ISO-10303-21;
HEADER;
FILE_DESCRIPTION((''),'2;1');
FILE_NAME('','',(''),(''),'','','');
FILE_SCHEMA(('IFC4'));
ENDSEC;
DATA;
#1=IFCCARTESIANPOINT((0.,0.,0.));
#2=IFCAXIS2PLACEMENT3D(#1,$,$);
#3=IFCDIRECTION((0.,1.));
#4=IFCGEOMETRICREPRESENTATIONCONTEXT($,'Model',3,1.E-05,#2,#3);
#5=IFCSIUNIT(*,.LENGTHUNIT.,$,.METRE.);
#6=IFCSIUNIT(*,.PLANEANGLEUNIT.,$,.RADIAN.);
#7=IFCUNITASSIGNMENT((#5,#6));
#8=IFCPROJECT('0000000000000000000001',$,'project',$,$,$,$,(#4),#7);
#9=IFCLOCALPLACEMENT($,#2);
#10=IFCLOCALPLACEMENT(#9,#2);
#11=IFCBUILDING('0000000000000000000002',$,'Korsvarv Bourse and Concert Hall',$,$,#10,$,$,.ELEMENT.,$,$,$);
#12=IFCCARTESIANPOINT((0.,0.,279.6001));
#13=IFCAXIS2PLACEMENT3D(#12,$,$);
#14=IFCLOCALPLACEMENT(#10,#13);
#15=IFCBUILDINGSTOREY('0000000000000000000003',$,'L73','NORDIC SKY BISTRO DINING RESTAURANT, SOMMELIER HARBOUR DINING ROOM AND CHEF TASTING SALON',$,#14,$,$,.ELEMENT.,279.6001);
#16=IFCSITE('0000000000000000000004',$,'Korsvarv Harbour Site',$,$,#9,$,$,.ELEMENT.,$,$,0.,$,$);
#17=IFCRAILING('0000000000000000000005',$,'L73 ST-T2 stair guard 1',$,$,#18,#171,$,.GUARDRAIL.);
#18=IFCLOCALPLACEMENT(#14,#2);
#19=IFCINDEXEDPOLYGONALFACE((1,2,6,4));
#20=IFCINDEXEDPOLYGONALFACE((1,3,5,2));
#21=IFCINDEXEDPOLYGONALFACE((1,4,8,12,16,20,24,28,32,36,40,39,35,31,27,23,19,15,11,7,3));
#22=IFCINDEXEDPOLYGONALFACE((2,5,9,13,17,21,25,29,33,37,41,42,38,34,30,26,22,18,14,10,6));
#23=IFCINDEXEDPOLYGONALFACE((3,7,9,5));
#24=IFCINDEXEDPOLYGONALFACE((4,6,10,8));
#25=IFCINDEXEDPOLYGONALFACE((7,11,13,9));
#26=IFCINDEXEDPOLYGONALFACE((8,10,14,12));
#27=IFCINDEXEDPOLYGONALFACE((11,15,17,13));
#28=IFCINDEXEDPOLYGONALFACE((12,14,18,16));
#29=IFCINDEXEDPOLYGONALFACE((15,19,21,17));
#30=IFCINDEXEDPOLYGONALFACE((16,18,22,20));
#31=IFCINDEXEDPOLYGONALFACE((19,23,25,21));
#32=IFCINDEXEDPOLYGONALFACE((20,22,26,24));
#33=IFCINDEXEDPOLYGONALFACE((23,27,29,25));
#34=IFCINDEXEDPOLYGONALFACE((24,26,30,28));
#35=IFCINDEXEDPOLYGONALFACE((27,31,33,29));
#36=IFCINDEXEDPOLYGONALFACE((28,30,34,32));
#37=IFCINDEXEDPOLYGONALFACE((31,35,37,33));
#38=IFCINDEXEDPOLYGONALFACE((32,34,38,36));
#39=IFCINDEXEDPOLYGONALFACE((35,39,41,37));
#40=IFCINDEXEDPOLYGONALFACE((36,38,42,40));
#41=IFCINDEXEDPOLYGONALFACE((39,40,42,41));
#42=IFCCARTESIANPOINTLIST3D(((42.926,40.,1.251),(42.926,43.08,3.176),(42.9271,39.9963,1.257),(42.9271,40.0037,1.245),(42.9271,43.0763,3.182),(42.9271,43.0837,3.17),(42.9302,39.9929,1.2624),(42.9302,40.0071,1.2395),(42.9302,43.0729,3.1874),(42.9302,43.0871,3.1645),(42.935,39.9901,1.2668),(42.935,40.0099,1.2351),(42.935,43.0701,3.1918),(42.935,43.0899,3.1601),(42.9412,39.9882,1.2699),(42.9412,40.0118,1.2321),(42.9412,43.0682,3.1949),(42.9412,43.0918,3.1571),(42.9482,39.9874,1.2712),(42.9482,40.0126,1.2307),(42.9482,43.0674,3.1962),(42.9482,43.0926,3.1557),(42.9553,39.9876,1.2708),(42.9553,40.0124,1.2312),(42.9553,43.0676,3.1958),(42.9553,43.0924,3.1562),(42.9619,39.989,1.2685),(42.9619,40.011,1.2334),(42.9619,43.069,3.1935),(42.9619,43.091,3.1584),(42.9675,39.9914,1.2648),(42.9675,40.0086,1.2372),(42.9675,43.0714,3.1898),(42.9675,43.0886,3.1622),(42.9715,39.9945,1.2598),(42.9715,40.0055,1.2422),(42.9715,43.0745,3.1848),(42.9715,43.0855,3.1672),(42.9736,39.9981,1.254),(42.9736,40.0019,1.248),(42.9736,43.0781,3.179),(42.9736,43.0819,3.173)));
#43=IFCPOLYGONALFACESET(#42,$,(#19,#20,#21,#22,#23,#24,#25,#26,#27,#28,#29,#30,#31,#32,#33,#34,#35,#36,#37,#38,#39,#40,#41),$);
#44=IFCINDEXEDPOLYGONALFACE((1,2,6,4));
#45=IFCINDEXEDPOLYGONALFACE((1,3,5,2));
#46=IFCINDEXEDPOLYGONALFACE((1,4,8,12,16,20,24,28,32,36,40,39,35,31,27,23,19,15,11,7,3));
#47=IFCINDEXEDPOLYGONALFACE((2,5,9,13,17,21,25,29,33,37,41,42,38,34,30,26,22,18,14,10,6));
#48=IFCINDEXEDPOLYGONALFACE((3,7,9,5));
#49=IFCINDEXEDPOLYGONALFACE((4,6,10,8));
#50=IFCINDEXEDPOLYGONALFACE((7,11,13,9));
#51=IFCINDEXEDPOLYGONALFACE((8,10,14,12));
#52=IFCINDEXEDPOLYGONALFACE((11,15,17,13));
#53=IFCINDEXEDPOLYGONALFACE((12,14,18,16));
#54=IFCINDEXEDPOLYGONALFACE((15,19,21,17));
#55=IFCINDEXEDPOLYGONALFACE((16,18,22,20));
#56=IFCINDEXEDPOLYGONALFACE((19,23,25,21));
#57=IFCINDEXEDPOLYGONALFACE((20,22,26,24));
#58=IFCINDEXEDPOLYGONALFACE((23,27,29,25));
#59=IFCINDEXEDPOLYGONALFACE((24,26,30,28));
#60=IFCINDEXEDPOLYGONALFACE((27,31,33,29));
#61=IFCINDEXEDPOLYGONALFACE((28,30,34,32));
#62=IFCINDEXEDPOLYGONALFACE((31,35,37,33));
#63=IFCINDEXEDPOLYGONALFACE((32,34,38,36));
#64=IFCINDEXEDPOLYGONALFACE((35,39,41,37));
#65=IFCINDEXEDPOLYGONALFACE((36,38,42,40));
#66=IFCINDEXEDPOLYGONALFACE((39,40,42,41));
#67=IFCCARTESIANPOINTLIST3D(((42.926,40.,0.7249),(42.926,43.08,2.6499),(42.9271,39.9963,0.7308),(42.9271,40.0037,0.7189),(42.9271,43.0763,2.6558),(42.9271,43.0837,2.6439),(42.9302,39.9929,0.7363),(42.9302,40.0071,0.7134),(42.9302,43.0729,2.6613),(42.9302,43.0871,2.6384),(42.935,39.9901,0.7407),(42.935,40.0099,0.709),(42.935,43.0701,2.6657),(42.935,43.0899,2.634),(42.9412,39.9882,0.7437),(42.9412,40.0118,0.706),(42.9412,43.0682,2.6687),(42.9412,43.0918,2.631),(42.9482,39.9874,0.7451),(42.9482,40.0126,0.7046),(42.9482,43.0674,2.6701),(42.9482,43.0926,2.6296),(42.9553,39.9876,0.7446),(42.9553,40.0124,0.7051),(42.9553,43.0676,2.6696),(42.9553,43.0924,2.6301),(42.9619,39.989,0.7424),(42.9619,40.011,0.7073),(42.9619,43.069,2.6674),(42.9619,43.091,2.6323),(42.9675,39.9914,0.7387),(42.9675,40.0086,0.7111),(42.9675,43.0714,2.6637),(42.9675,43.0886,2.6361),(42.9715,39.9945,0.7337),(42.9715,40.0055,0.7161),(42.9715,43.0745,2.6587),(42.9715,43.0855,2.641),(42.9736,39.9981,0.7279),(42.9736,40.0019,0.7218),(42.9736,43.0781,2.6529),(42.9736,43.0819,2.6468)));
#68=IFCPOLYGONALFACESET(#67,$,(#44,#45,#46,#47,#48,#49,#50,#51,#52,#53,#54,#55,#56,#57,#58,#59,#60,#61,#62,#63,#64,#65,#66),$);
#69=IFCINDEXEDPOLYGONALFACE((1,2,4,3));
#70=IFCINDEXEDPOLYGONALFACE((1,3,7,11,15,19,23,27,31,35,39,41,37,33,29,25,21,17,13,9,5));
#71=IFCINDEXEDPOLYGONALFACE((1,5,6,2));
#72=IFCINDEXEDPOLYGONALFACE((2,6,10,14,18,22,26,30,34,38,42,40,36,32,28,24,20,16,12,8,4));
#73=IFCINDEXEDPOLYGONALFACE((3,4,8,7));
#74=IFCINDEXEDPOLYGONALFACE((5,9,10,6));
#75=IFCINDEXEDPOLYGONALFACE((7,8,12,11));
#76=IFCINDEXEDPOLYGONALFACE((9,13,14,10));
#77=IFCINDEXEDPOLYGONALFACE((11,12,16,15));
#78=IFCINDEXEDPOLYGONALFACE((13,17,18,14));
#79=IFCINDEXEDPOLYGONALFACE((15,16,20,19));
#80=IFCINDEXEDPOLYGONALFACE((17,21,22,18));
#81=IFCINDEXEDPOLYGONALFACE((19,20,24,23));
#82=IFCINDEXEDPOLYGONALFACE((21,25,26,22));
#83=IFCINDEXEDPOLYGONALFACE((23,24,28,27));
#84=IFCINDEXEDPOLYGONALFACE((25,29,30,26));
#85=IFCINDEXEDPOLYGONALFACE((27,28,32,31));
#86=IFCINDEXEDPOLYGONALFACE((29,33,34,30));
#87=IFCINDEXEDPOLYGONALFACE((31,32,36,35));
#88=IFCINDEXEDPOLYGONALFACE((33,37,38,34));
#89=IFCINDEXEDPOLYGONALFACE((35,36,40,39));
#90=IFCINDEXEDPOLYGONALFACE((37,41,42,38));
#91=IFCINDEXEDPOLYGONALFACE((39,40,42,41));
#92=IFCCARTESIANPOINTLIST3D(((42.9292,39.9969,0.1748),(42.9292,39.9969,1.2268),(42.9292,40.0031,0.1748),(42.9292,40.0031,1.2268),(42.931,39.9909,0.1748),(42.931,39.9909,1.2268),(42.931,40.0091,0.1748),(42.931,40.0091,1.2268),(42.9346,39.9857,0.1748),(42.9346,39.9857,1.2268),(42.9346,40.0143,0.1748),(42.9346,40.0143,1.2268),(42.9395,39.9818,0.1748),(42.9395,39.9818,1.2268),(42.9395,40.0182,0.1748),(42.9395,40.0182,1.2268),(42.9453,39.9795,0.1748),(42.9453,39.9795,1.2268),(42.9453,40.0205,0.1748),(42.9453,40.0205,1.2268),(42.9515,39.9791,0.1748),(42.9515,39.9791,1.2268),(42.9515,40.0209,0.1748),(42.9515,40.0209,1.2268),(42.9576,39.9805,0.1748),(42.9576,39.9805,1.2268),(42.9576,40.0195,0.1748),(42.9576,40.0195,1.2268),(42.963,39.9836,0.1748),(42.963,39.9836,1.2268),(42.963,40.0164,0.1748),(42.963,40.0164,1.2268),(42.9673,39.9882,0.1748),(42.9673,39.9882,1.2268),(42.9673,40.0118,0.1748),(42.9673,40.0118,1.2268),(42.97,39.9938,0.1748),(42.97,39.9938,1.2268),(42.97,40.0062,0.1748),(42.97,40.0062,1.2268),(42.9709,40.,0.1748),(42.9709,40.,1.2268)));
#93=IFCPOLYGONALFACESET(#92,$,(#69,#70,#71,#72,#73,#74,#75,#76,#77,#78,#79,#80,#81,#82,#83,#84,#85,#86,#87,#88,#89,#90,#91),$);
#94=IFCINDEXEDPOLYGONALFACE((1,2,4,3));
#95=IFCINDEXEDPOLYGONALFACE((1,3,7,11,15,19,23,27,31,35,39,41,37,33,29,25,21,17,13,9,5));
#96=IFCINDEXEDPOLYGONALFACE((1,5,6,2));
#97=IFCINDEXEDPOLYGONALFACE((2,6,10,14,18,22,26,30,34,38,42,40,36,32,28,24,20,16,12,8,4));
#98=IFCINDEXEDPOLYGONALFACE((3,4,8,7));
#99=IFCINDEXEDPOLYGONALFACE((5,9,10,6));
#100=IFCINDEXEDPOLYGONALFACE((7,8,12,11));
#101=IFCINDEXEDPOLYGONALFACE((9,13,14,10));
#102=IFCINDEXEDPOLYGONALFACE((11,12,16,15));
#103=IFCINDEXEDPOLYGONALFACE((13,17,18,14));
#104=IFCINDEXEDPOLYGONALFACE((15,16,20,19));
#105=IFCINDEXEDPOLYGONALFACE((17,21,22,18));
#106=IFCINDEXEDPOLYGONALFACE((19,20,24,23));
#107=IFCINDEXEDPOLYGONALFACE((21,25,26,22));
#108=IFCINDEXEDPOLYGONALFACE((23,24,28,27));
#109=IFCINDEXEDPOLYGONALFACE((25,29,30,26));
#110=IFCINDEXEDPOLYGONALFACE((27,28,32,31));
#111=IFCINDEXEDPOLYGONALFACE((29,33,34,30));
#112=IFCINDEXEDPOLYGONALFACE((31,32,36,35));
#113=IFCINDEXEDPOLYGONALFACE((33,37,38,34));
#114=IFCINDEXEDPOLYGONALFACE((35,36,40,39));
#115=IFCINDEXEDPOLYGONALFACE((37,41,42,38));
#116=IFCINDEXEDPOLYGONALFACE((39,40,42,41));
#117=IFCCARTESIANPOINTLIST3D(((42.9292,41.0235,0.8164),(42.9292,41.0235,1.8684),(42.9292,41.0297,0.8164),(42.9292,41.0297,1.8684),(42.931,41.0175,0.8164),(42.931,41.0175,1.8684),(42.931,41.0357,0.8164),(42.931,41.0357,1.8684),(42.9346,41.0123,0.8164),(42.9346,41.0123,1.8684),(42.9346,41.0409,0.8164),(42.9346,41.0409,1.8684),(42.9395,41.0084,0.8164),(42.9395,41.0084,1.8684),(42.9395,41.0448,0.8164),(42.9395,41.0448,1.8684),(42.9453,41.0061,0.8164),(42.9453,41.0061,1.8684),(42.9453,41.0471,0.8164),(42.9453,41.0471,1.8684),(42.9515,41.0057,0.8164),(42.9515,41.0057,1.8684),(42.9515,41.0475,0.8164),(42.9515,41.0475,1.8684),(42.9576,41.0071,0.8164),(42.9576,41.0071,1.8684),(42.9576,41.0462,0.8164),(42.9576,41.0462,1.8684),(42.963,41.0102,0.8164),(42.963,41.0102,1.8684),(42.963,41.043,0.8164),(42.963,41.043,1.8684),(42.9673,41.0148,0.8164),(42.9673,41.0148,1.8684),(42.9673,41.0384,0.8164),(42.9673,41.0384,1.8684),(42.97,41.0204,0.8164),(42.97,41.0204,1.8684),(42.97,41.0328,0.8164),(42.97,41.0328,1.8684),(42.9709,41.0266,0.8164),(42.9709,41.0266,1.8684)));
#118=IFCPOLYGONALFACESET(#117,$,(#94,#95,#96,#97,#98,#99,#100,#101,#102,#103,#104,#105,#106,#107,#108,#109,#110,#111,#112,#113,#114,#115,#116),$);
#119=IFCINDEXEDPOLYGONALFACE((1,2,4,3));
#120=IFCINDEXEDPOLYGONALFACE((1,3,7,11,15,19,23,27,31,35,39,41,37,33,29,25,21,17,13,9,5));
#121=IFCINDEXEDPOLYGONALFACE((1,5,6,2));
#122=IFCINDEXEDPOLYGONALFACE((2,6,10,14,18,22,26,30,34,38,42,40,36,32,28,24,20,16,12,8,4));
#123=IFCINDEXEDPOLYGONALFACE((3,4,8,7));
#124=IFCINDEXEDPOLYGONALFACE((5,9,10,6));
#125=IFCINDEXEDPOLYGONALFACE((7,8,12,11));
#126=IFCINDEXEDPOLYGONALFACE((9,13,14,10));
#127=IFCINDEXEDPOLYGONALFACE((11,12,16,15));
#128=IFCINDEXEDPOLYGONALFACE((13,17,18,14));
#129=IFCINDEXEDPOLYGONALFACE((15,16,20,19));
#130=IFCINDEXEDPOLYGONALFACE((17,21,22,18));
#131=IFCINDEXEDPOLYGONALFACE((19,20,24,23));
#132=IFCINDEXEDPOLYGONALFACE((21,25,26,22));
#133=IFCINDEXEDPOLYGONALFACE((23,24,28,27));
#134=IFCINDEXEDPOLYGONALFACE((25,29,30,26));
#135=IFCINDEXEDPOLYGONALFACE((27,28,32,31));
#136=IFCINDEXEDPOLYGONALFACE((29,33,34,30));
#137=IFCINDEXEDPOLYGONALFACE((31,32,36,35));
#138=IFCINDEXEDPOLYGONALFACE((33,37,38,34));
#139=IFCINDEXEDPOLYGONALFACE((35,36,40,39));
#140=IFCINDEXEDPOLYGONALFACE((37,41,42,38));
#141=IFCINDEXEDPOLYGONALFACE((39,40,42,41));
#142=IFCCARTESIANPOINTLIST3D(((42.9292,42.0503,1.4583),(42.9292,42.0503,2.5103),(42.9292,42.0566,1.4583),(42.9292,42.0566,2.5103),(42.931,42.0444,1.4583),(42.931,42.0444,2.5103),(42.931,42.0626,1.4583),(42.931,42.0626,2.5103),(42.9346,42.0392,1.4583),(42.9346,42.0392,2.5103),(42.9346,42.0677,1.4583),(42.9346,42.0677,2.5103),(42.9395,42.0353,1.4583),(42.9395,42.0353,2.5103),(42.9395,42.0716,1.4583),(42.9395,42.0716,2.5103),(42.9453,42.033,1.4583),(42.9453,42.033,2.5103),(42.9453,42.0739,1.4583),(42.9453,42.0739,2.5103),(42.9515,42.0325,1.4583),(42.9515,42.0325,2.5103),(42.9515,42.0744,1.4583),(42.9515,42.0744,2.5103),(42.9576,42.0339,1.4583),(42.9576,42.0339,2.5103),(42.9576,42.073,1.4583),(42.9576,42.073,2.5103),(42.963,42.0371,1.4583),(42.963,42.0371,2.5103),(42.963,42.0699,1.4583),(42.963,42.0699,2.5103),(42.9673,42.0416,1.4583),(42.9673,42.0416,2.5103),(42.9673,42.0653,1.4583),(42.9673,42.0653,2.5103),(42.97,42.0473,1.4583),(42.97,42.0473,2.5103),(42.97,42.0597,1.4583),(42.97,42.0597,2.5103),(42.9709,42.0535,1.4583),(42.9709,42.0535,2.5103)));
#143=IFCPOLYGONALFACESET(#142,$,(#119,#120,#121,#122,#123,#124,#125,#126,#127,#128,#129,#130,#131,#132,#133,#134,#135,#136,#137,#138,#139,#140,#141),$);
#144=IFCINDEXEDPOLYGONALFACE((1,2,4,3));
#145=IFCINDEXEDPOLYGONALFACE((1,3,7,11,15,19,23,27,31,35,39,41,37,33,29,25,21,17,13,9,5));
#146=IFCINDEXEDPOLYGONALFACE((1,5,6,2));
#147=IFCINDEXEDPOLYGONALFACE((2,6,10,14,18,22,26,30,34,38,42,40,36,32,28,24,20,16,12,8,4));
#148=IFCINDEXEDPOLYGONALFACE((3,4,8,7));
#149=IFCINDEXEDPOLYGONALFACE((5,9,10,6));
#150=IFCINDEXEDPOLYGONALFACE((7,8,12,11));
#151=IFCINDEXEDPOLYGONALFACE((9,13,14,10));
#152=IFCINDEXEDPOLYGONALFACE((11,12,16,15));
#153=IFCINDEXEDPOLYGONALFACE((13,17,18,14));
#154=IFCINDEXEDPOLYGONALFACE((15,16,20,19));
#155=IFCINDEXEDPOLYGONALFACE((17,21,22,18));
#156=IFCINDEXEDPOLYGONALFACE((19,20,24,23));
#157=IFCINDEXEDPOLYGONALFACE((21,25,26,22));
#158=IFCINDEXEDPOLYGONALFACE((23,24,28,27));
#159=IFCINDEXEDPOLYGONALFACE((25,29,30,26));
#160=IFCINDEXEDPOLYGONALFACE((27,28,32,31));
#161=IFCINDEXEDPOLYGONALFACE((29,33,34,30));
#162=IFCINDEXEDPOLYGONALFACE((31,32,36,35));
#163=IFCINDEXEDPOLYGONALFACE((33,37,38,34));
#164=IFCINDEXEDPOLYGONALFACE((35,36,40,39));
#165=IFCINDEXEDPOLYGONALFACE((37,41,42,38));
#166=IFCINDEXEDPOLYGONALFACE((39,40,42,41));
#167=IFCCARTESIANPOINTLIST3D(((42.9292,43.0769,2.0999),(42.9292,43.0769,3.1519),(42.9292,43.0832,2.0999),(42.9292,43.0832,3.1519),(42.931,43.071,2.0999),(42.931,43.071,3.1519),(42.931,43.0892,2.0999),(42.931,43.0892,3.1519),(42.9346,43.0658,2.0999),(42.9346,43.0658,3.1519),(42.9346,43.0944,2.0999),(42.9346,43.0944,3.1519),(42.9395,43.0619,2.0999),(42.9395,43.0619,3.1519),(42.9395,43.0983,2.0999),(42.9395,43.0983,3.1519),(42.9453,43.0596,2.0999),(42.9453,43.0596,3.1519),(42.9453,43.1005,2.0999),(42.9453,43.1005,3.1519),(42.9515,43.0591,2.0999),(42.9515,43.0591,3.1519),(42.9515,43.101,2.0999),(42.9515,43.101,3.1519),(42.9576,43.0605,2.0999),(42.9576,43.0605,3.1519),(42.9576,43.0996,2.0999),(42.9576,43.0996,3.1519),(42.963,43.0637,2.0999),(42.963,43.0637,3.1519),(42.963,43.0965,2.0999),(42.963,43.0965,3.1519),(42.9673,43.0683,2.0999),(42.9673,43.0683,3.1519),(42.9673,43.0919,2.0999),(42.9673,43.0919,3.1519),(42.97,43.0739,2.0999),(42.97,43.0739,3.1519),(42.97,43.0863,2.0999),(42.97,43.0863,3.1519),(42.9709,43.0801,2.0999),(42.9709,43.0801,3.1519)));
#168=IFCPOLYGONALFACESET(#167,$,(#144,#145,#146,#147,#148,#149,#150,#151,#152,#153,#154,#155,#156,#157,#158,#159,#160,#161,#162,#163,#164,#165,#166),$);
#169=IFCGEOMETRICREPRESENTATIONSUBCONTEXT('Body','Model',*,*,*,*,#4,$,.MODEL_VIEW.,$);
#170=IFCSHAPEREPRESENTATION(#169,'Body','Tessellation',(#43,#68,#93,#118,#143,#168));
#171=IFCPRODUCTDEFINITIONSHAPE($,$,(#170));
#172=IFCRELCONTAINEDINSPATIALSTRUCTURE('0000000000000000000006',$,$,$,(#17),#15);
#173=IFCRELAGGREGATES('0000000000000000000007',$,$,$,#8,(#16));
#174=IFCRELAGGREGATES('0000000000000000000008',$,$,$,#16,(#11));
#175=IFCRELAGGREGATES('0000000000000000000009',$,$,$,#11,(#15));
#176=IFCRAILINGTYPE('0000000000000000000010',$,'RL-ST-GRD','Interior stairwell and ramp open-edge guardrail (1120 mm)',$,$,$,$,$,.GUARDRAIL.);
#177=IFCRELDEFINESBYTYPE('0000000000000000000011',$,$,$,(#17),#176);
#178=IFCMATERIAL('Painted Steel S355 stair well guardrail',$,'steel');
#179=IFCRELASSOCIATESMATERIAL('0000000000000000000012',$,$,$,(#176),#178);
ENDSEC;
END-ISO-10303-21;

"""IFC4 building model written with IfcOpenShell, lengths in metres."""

from ifc_helpers import new_model, si_unit, direction, frame, origin, origin_2d, place, context, subcontext, project, spatial, circle, extrude, material, type_object, element, save


model = new_model("IFC4")

# Units and contexts
model_context = context("Model", 3, precision=1e-05, world=origin(), true_north=direction((0.0, 1.0)))
body_context = subcontext(model_context, "Body", "Model", "MODEL_VIEW")
ifc_project = project(units=[si_unit("LENGTHUNIT", "METRE"), si_unit("PLANEANGLEUNIT", "RADIAN")], contexts=[model_context])

# Site, building, storey
site_placement = place(None, origin())
site = spatial("IfcSite", under=ifc_project, at=site_placement, Name="Korsvarv Harbour Site", CompositionType="ELEMENT", RefElevation=0.0)
building_placement = place(site_placement, origin())
building = spatial("IfcBuilding", under=site, at=building_placement, Name="Korsvarv Bourse and Concert Hall", CompositionType="ELEMENT")
storey_placement = place(building_placement, frame((0.0, 0.0, 279.6001)))
storey = spatial("IfcBuildingStorey", under=building, at=storey_placement, Name="L73", Description="NORDIC SKY BISTRO DINING RESTAURANT, SOMMELIER HARBOUR DINING ROOM AND CHEF TASTING SALON", CompositionType="ELEMENT", Elevation=279.6001)

# Railing
ifc_material_1 = material(Name="Painted Steel S355 stair well guardrail", Category="steel")
railing_type_1 = type_object("IfcRailingType", Name="RL-ST-GRD", Description="Interior stairwell and ramp open-edge guardrail (1120 mm)", PredefinedType="GUARDRAIL", material=ifc_material_1)
railing_1_placement = place(storey_placement, frame((42.95, 40.0, 0.1748)))
element("IfcRailing", 1, at=railing_1_placement, inside=storey, type_object=railing_type_1, Name="L73 ST-T2 stair guard 1", PredefinedType="GUARDRAIL", context=body_context, shape_type="SweptSolid", body=[
    extrude(circle(Radius=0.0239, at=origin_2d()), frame((0.0, 0.0, 1.0762), z_axis=(0.0, 0.847998, 0.529999), x_axis=(-1.0, 0.0, 0.0)), (0.0, 0.0, 1.0), 3.6321),
    extrude(circle(Radius=0.0239, at=origin_2d()), frame((0.0, 0.0, 0.55), z_axis=(0.0, 0.847998, 0.529999), x_axis=(-1.0, 0.0, 0.0)), (0.0, 0.0, 1.0), 3.6321),
    extrude(circle(Radius=0.021, at=origin_2d()), origin(), (0.0, 0.0, 1.0), 1.052),
    extrude(circle(Radius=0.021, at=origin_2d()), frame((0.0, 1.0266, 0.6416)), (0.0, 0.0, 1.0), 1.052),
    extrude(circle(Radius=0.021, at=origin_2d()), frame((0.0, 2.0535, 1.2834)), (0.0, 0.0, 1.0), 1.052),
    extrude(circle(Radius=0.021, at=origin_2d()), frame((0.0, 3.0801, 1.925)), (0.0, 0.0, 1.0), 1.052),
])

save(model, "model.ifc")
